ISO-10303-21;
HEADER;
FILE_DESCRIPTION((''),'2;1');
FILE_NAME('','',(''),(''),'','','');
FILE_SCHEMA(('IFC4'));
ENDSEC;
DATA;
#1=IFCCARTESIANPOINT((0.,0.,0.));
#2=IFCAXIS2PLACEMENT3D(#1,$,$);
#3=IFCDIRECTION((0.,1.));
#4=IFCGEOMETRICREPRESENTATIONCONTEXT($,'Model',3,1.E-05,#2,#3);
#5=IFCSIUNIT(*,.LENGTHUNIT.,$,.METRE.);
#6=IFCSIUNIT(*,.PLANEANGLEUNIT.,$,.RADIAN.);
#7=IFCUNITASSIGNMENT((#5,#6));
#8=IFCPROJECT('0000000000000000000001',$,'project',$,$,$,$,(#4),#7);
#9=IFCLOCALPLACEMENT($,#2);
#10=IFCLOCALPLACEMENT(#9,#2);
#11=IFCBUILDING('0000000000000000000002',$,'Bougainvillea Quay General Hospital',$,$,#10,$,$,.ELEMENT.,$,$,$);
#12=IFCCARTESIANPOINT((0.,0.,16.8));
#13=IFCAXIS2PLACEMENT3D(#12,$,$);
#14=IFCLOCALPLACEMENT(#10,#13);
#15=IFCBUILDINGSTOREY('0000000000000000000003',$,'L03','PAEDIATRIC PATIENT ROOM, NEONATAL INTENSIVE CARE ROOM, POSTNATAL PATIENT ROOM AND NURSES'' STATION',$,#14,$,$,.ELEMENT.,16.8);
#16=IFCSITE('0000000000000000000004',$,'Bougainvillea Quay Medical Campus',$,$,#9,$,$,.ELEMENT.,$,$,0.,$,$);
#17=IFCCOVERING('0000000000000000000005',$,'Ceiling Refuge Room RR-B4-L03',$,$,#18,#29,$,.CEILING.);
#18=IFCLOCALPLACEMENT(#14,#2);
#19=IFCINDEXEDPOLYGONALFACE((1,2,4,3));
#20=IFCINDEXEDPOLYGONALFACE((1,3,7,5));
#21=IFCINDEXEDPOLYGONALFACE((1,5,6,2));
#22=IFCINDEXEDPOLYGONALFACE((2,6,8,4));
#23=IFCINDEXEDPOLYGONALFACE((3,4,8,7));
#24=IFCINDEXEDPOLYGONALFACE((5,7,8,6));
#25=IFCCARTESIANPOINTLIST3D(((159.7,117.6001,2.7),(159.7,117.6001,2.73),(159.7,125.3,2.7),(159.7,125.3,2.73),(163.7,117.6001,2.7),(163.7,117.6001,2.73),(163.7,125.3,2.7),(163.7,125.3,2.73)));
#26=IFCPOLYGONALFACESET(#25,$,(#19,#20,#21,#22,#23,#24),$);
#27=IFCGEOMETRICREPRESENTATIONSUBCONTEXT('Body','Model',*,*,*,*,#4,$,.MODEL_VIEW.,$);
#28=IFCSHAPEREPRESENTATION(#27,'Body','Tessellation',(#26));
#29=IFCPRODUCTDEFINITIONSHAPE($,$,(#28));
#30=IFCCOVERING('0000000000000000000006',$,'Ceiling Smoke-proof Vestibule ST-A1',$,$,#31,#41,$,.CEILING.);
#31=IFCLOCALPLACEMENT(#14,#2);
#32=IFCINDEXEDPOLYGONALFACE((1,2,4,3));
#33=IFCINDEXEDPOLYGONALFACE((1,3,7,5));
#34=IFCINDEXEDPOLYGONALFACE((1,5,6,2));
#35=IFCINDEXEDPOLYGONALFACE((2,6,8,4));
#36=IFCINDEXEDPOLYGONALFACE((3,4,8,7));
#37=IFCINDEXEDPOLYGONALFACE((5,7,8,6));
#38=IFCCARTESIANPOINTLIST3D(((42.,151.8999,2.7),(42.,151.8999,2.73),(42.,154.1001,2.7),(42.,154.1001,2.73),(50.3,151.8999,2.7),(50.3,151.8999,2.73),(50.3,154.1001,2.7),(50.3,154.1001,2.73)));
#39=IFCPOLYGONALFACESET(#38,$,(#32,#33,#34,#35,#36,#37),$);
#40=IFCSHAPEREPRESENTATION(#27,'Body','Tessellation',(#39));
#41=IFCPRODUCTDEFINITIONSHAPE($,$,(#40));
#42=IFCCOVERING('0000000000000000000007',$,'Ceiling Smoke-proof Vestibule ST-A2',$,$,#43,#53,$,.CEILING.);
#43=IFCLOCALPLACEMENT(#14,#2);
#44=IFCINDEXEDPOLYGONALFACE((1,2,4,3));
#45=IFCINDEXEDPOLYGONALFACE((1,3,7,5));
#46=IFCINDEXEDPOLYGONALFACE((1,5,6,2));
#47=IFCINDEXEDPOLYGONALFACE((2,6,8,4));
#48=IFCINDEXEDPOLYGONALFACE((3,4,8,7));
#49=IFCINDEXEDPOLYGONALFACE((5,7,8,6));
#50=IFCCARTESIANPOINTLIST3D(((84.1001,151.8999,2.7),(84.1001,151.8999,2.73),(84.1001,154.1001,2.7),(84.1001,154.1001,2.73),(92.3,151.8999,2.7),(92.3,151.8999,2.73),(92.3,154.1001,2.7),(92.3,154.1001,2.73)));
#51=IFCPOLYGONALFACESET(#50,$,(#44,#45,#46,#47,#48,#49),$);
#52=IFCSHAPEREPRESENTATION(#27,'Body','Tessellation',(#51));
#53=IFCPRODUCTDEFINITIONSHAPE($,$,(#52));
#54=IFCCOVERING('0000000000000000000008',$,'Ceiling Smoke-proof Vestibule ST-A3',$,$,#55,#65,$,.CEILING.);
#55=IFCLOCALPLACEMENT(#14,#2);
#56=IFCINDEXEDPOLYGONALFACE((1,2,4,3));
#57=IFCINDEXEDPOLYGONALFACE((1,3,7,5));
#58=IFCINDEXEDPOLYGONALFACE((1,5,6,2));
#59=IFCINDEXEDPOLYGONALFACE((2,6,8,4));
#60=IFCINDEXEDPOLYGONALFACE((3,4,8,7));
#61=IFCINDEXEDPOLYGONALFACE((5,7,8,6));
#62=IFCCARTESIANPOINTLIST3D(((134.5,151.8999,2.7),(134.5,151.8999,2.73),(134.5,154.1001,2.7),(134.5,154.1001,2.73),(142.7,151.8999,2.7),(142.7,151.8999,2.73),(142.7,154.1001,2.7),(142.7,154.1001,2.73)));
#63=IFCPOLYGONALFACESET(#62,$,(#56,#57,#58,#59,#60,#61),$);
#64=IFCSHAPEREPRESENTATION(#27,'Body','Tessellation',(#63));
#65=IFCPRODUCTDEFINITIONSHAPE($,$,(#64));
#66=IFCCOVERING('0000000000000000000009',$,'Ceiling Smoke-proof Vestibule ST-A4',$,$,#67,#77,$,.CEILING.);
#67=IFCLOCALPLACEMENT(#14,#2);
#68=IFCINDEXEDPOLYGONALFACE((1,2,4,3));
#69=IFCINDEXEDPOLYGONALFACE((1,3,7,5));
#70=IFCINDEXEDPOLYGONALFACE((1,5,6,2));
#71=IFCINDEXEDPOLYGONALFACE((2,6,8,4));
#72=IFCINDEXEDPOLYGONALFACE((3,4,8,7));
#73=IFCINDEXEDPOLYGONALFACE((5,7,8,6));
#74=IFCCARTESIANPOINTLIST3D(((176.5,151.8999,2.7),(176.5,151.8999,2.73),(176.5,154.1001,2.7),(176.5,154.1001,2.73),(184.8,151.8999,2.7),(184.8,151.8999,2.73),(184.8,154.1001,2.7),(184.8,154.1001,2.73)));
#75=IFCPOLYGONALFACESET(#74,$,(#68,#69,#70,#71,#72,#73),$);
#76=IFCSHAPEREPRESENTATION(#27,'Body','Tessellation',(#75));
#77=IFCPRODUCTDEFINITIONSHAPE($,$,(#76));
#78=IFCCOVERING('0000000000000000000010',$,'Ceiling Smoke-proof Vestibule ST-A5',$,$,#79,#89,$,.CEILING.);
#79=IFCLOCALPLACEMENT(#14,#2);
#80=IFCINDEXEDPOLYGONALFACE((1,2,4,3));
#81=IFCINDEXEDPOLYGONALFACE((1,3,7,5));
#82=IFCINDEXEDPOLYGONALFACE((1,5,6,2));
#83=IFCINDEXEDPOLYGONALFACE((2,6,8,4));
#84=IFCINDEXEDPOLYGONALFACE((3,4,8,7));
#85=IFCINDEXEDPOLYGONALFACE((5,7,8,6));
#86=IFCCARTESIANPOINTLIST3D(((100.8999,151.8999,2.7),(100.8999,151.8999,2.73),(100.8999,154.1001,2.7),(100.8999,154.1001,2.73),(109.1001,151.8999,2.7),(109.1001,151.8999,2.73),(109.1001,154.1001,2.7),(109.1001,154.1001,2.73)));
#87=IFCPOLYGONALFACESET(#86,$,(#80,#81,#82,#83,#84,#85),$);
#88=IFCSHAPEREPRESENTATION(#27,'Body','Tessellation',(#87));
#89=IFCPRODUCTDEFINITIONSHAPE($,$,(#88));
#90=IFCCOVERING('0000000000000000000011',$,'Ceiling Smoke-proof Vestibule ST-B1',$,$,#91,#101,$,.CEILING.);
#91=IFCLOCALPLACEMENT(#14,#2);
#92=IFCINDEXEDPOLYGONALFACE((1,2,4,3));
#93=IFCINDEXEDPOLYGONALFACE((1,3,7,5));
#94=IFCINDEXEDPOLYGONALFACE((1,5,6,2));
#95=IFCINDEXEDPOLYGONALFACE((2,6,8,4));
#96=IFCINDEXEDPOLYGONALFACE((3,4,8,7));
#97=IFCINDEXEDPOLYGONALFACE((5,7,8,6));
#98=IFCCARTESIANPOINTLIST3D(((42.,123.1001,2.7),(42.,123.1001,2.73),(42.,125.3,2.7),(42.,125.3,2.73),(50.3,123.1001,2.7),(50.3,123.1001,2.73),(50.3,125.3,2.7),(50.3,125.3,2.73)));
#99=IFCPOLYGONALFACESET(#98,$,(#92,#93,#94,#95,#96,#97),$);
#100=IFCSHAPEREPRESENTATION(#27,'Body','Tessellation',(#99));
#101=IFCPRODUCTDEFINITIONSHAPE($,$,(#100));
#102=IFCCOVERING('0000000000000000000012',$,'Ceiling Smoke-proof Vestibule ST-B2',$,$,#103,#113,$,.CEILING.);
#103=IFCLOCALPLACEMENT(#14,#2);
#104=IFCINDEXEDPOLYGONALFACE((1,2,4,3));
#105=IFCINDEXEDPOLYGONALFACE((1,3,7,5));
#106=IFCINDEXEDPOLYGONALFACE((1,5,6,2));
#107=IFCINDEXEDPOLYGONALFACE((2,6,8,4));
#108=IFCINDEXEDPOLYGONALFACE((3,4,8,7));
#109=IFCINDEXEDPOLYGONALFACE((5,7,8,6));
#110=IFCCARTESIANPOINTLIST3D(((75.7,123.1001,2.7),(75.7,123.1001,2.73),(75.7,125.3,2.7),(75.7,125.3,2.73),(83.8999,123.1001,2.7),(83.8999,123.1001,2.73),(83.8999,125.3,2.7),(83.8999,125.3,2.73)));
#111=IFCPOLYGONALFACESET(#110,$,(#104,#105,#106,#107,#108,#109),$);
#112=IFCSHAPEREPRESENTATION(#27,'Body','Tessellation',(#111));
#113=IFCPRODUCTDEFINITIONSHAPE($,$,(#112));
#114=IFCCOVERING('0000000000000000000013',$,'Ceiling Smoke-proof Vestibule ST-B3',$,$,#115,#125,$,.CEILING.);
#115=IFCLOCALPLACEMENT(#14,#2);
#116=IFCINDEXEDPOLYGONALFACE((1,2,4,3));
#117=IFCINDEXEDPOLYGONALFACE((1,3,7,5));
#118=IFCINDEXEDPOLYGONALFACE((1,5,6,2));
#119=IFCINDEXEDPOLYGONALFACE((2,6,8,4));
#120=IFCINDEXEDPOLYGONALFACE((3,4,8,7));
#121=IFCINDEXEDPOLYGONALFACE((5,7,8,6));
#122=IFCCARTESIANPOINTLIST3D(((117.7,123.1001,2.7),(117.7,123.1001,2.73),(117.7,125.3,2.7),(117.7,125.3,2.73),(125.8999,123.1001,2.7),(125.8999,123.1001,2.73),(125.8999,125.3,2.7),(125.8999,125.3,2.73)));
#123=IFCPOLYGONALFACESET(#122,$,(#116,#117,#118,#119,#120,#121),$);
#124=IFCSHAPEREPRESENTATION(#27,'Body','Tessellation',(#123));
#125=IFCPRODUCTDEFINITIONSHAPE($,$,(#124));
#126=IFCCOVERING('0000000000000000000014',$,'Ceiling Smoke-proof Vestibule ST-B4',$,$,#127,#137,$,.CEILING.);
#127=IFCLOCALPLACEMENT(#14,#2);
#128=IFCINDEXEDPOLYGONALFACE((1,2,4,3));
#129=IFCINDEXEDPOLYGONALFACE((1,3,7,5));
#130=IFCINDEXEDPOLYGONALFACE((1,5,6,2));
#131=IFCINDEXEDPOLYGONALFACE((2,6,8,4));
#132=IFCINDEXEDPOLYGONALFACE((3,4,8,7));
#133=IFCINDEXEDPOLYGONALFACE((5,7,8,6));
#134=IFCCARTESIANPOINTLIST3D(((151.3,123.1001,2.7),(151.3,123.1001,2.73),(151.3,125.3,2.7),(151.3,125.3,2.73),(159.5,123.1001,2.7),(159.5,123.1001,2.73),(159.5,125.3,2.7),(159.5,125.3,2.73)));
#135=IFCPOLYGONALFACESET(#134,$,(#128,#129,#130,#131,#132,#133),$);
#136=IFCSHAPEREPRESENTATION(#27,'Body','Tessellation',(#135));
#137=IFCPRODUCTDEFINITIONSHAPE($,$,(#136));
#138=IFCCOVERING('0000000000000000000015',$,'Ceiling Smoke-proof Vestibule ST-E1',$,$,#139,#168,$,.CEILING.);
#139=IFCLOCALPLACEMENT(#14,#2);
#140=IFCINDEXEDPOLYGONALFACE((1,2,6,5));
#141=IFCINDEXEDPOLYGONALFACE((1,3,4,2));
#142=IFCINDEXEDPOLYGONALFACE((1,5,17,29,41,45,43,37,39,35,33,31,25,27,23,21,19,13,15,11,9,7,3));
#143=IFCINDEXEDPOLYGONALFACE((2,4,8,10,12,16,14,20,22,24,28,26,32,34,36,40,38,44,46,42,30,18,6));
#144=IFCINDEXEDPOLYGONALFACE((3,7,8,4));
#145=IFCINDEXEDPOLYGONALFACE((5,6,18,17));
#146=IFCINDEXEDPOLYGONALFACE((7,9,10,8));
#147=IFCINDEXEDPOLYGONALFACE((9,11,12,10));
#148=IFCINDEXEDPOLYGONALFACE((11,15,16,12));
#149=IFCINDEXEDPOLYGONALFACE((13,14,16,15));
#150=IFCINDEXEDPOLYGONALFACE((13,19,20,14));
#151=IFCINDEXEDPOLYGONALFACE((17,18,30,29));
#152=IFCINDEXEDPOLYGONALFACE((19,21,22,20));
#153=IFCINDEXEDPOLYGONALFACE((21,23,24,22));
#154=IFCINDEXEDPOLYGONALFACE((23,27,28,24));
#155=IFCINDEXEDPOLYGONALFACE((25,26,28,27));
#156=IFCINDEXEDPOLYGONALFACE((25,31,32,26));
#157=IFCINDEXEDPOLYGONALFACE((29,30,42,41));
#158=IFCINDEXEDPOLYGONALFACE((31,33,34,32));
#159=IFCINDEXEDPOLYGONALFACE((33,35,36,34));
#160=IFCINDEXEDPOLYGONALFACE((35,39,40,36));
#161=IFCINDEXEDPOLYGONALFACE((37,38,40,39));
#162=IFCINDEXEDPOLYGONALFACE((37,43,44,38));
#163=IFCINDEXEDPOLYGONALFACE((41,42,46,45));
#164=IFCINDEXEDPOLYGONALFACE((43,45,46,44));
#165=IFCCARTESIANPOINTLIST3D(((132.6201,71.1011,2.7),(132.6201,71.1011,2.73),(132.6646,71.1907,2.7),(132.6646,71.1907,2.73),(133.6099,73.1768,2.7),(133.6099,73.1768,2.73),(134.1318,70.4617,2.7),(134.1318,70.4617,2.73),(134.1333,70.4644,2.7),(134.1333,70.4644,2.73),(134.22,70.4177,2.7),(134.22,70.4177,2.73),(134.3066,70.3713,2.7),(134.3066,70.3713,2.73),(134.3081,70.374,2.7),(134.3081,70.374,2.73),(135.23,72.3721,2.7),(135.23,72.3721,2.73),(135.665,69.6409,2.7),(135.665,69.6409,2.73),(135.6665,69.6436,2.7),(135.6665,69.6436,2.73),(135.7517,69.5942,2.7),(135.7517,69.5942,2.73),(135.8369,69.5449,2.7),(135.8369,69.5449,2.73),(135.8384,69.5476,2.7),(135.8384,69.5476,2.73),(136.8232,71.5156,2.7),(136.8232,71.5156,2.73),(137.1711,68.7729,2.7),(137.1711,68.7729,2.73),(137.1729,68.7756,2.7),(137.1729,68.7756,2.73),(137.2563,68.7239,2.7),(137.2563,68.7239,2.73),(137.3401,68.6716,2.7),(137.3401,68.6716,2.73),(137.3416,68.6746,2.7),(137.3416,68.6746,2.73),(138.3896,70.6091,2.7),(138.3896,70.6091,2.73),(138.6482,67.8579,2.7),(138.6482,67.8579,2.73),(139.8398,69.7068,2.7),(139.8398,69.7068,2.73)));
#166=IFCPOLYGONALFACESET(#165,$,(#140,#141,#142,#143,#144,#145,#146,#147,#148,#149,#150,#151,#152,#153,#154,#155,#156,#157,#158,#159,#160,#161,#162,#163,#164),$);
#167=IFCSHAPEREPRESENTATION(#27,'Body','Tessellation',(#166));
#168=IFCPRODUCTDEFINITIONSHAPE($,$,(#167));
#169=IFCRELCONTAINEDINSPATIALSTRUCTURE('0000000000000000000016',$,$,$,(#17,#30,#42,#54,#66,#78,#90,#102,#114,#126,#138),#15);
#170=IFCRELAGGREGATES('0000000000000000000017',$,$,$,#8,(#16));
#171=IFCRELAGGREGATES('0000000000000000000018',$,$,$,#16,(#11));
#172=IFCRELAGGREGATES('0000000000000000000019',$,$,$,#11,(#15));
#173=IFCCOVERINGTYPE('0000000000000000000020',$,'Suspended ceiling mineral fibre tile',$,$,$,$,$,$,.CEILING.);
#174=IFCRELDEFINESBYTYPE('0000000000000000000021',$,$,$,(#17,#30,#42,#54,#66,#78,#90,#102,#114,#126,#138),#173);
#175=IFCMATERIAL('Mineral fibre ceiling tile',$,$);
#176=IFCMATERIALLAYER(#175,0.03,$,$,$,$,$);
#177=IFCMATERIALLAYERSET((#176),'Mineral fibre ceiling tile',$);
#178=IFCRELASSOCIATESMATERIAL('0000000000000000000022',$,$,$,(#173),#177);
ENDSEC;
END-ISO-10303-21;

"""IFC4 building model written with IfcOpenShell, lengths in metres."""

from ifc_helpers import new_model, si_unit, direction, frame, origin, place, context, subcontext, project, spatial, polyline, outline, extrude, material, layer, layer_set, type_object, element, save


model = new_model("IFC4")

# Units and contexts
model_context = context("Model", 3, precision=1e-05, world=origin(), true_north=direction((0.0, 1.0)))
body_context = subcontext(model_context, "Body", "Model", "MODEL_VIEW")
ifc_project = project(units=[si_unit("LENGTHUNIT", "METRE"), si_unit("PLANEANGLEUNIT", "RADIAN")], contexts=[model_context])

# Site, building, storey
site_placement = place(None, origin())
site = spatial("IfcSite", under=ifc_project, at=site_placement, Name="Bougainvillea Quay Medical Campus", CompositionType="ELEMENT", RefElevation=0.0)
building_placement = place(site_placement, origin())
building = spatial("IfcBuilding", under=site, at=building_placement, Name="Bougainvillea Quay General Hospital", CompositionType="ELEMENT")
storey_placement = place(building_placement, frame((0.0, 0.0, 16.8)))
storey = spatial("IfcBuildingStorey", under=building, at=storey_placement, Name="L03", Description="PAEDIATRIC PATIENT ROOM, NEONATAL INTENSIVE CARE ROOM, POSTNATAL PATIENT ROOM AND NURSES' STATION", CompositionType="ELEMENT", Elevation=16.8)

# Coverings
ifc_material = material(Name="Mineral fibre ceiling tile")
ifc_layer = layer(ifc_material, 0.03)
ifc_layer_set = layer_set([ifc_layer], Name="Mineral fibre ceiling tile")
covering_type = type_object("IfcCoveringType", Name="Suspended ceiling mineral fibre tile", PredefinedType="CEILING", material=ifc_layer_set)
covering_1_placement = place(storey_placement, frame((0.0, 0.0, 2.7)))
element("IfcCovering", 1, at=covering_1_placement, inside=storey, type_object=covering_type, Name="Ceiling Refuge Room RR-B4-L03", PredefinedType="CEILING", context=body_context, shape_type="SweptSolid", body=[
    extrude(outline(polyline([(163.7, 117.6001), (163.7, 125.3), (159.7, 125.3), (159.7, 117.6001), (163.7, 117.6001)])), origin(), (0.0, 0.0, 1.0), 0.03),
])
covering_2_placement = place(storey_placement, frame((0.0, 0.0, 2.7)))
element("IfcCovering", 2, at=covering_2_placement, inside=storey, type_object=covering_type, Name="Ceiling Smoke-proof Vestibule ST-A1", PredefinedType="CEILING", context=body_context, shape_type="SweptSolid", body=[
    extrude(outline(polyline([(42.0, 151.8999), (50.3, 151.8999), (50.3, 154.1001), (42.0, 154.1001), (42.0, 151.8999)])), origin(), (0.0, 0.0, 1.0), 0.03),
])
covering_3_placement = place(storey_placement, frame((0.0, 0.0, 2.7)))
element("IfcCovering", 3, at=covering_3_placement, inside=storey, type_object=covering_type, Name="Ceiling Smoke-proof Vestibule ST-A2", PredefinedType="CEILING", context=body_context, shape_type="SweptSolid", body=[
    extrude(outline(polyline([(84.1001, 154.1001), (84.1001, 151.8999), (92.3, 151.8999), (92.3, 154.1001), (84.1001, 154.1001)])), origin(), (0.0, 0.0, 1.0), 0.03),
])
covering_4_placement = place(storey_placement, frame((0.0, 0.0, 2.7)))
element("IfcCovering", 4, at=covering_4_placement, inside=storey, type_object=covering_type, Name="Ceiling Smoke-proof Vestibule ST-A3", PredefinedType="CEILING", context=body_context, shape_type="SweptSolid", body=[
    extrude(outline(polyline([(134.5, 151.8999), (142.7, 151.8999), (142.7, 154.1001), (134.5, 154.1001), (134.5, 151.8999)])), origin(), (0.0, 0.0, 1.0), 0.03),
])
covering_5_placement = place(storey_placement, frame((0.0, 0.0, 2.7)))
element("IfcCovering", 5, at=covering_5_placement, inside=storey, type_object=covering_type, Name="Ceiling Smoke-proof Vestibule ST-A4", PredefinedType="CEILING", context=body_context, shape_type="SweptSolid", body=[
    extrude(outline(polyline([(184.8, 154.1001), (176.5, 154.1001), (176.5, 151.8999), (184.8, 151.8999), (184.8, 154.1001)])), origin(), (0.0, 0.0, 1.0), 0.03),
])
covering_6_placement = place(storey_placement, frame((0.0, 0.0, 2.7)))
element("IfcCovering", 6, at=covering_6_placement, inside=storey, type_object=covering_type, Name="Ceiling Smoke-proof Vestibule ST-A5", PredefinedType="CEILING", context=body_context, shape_type="SweptSolid", body=[
    extrude(outline(polyline([(100.8999, 151.8999), (109.1001, 151.8999), (109.1001, 154.1001), (100.8999, 154.1001), (100.8999, 151.8999)])), origin(), (0.0, 0.0, 1.0), 0.03),
])
covering_7_placement = place(storey_placement, frame((0.0, 0.0, 2.7)))
element("IfcCovering", 7, at=covering_7_placement, inside=storey, type_object=covering_type, Name="Ceiling Smoke-proof Vestibule ST-B1", PredefinedType="CEILING", context=body_context, shape_type="SweptSolid", body=[
    extrude(outline(polyline([(42.0, 123.1001), (50.3, 123.1001), (50.3, 125.3), (42.0, 125.3), (42.0, 123.1001)])), origin(), (0.0, 0.0, 1.0), 0.03),
])
covering_8_placement = place(storey_placement, frame((0.0, 0.0, 2.7)))
element("IfcCovering", 8, at=covering_8_placement, inside=storey, type_object=covering_type, Name="Ceiling Smoke-proof Vestibule ST-B2", PredefinedType="CEILING", context=body_context, shape_type="SweptSolid", body=[
    extrude(outline(polyline([(83.8999, 125.3), (75.7, 125.3), (75.7, 123.1001), (83.8999, 123.1001), (83.8999, 125.3)])), origin(), (0.0, 0.0, 1.0), 0.03),
])
covering_9_placement = place(storey_placement, frame((0.0, 0.0, 2.7)))
element("IfcCovering", 9, at=covering_9_placement, inside=storey, type_object=covering_type, Name="Ceiling Smoke-proof Vestibule ST-B3", PredefinedType="CEILING", context=body_context, shape_type="SweptSolid", body=[
    extrude(outline(polyline([(117.7, 123.1001), (125.8999, 123.1001), (125.8999, 125.3), (117.7, 125.3), (117.7, 123.1001)])), origin(), (0.0, 0.0, 1.0), 0.03),
])
covering_10_placement = place(storey_placement, frame((0.0, 0.0, 2.7)))
element("IfcCovering", 10, at=covering_10_placement, inside=storey, type_object=covering_type, Name="Ceiling Smoke-proof Vestibule ST-B4", PredefinedType="CEILING", context=body_context, shape_type="SweptSolid", body=[
    extrude(outline(polyline([(159.5, 125.3), (151.3, 125.3), (151.3, 123.1001), (159.5, 123.1001), (159.5, 125.3)])), origin(), (0.0, 0.0, 1.0), 0.03),
])
covering_11_placement = place(storey_placement, frame((0.0, 0.0, 2.7)))
element("IfcCovering", 11, at=covering_11_placement, inside=storey, type_object=covering_type, Name="Ceiling Smoke-proof Vestibule ST-E1", PredefinedType="CEILING", context=body_context, shape_type="SweptSolid", body=[
    extrude(outline(polyline([(132.6201, 71.1011), (132.6646, 71.1907), (134.1318, 70.4617), (134.1333, 70.4644), (134.22, 70.4177), (134.3081, 70.374), (134.3066, 70.3713), (135.665, 69.6409), (135.6665, 69.6436), (135.7517, 69.5942), (135.8384, 69.5476), (135.8369, 69.5449), (137.1711, 68.7729), (137.1729, 68.7756), (137.2563, 68.7239), (137.3416, 68.6746), (137.3401, 68.6716), (138.6482, 67.8579), (139.8398, 69.7068), (138.3896, 70.6091), (136.8232, 71.5156), (135.23, 72.3721), (133.6099, 73.1768), (132.6201, 71.1011)])), origin(), (0.0, 0.0, 1.0), 0.03),
])

save(model, "model.ifc")
